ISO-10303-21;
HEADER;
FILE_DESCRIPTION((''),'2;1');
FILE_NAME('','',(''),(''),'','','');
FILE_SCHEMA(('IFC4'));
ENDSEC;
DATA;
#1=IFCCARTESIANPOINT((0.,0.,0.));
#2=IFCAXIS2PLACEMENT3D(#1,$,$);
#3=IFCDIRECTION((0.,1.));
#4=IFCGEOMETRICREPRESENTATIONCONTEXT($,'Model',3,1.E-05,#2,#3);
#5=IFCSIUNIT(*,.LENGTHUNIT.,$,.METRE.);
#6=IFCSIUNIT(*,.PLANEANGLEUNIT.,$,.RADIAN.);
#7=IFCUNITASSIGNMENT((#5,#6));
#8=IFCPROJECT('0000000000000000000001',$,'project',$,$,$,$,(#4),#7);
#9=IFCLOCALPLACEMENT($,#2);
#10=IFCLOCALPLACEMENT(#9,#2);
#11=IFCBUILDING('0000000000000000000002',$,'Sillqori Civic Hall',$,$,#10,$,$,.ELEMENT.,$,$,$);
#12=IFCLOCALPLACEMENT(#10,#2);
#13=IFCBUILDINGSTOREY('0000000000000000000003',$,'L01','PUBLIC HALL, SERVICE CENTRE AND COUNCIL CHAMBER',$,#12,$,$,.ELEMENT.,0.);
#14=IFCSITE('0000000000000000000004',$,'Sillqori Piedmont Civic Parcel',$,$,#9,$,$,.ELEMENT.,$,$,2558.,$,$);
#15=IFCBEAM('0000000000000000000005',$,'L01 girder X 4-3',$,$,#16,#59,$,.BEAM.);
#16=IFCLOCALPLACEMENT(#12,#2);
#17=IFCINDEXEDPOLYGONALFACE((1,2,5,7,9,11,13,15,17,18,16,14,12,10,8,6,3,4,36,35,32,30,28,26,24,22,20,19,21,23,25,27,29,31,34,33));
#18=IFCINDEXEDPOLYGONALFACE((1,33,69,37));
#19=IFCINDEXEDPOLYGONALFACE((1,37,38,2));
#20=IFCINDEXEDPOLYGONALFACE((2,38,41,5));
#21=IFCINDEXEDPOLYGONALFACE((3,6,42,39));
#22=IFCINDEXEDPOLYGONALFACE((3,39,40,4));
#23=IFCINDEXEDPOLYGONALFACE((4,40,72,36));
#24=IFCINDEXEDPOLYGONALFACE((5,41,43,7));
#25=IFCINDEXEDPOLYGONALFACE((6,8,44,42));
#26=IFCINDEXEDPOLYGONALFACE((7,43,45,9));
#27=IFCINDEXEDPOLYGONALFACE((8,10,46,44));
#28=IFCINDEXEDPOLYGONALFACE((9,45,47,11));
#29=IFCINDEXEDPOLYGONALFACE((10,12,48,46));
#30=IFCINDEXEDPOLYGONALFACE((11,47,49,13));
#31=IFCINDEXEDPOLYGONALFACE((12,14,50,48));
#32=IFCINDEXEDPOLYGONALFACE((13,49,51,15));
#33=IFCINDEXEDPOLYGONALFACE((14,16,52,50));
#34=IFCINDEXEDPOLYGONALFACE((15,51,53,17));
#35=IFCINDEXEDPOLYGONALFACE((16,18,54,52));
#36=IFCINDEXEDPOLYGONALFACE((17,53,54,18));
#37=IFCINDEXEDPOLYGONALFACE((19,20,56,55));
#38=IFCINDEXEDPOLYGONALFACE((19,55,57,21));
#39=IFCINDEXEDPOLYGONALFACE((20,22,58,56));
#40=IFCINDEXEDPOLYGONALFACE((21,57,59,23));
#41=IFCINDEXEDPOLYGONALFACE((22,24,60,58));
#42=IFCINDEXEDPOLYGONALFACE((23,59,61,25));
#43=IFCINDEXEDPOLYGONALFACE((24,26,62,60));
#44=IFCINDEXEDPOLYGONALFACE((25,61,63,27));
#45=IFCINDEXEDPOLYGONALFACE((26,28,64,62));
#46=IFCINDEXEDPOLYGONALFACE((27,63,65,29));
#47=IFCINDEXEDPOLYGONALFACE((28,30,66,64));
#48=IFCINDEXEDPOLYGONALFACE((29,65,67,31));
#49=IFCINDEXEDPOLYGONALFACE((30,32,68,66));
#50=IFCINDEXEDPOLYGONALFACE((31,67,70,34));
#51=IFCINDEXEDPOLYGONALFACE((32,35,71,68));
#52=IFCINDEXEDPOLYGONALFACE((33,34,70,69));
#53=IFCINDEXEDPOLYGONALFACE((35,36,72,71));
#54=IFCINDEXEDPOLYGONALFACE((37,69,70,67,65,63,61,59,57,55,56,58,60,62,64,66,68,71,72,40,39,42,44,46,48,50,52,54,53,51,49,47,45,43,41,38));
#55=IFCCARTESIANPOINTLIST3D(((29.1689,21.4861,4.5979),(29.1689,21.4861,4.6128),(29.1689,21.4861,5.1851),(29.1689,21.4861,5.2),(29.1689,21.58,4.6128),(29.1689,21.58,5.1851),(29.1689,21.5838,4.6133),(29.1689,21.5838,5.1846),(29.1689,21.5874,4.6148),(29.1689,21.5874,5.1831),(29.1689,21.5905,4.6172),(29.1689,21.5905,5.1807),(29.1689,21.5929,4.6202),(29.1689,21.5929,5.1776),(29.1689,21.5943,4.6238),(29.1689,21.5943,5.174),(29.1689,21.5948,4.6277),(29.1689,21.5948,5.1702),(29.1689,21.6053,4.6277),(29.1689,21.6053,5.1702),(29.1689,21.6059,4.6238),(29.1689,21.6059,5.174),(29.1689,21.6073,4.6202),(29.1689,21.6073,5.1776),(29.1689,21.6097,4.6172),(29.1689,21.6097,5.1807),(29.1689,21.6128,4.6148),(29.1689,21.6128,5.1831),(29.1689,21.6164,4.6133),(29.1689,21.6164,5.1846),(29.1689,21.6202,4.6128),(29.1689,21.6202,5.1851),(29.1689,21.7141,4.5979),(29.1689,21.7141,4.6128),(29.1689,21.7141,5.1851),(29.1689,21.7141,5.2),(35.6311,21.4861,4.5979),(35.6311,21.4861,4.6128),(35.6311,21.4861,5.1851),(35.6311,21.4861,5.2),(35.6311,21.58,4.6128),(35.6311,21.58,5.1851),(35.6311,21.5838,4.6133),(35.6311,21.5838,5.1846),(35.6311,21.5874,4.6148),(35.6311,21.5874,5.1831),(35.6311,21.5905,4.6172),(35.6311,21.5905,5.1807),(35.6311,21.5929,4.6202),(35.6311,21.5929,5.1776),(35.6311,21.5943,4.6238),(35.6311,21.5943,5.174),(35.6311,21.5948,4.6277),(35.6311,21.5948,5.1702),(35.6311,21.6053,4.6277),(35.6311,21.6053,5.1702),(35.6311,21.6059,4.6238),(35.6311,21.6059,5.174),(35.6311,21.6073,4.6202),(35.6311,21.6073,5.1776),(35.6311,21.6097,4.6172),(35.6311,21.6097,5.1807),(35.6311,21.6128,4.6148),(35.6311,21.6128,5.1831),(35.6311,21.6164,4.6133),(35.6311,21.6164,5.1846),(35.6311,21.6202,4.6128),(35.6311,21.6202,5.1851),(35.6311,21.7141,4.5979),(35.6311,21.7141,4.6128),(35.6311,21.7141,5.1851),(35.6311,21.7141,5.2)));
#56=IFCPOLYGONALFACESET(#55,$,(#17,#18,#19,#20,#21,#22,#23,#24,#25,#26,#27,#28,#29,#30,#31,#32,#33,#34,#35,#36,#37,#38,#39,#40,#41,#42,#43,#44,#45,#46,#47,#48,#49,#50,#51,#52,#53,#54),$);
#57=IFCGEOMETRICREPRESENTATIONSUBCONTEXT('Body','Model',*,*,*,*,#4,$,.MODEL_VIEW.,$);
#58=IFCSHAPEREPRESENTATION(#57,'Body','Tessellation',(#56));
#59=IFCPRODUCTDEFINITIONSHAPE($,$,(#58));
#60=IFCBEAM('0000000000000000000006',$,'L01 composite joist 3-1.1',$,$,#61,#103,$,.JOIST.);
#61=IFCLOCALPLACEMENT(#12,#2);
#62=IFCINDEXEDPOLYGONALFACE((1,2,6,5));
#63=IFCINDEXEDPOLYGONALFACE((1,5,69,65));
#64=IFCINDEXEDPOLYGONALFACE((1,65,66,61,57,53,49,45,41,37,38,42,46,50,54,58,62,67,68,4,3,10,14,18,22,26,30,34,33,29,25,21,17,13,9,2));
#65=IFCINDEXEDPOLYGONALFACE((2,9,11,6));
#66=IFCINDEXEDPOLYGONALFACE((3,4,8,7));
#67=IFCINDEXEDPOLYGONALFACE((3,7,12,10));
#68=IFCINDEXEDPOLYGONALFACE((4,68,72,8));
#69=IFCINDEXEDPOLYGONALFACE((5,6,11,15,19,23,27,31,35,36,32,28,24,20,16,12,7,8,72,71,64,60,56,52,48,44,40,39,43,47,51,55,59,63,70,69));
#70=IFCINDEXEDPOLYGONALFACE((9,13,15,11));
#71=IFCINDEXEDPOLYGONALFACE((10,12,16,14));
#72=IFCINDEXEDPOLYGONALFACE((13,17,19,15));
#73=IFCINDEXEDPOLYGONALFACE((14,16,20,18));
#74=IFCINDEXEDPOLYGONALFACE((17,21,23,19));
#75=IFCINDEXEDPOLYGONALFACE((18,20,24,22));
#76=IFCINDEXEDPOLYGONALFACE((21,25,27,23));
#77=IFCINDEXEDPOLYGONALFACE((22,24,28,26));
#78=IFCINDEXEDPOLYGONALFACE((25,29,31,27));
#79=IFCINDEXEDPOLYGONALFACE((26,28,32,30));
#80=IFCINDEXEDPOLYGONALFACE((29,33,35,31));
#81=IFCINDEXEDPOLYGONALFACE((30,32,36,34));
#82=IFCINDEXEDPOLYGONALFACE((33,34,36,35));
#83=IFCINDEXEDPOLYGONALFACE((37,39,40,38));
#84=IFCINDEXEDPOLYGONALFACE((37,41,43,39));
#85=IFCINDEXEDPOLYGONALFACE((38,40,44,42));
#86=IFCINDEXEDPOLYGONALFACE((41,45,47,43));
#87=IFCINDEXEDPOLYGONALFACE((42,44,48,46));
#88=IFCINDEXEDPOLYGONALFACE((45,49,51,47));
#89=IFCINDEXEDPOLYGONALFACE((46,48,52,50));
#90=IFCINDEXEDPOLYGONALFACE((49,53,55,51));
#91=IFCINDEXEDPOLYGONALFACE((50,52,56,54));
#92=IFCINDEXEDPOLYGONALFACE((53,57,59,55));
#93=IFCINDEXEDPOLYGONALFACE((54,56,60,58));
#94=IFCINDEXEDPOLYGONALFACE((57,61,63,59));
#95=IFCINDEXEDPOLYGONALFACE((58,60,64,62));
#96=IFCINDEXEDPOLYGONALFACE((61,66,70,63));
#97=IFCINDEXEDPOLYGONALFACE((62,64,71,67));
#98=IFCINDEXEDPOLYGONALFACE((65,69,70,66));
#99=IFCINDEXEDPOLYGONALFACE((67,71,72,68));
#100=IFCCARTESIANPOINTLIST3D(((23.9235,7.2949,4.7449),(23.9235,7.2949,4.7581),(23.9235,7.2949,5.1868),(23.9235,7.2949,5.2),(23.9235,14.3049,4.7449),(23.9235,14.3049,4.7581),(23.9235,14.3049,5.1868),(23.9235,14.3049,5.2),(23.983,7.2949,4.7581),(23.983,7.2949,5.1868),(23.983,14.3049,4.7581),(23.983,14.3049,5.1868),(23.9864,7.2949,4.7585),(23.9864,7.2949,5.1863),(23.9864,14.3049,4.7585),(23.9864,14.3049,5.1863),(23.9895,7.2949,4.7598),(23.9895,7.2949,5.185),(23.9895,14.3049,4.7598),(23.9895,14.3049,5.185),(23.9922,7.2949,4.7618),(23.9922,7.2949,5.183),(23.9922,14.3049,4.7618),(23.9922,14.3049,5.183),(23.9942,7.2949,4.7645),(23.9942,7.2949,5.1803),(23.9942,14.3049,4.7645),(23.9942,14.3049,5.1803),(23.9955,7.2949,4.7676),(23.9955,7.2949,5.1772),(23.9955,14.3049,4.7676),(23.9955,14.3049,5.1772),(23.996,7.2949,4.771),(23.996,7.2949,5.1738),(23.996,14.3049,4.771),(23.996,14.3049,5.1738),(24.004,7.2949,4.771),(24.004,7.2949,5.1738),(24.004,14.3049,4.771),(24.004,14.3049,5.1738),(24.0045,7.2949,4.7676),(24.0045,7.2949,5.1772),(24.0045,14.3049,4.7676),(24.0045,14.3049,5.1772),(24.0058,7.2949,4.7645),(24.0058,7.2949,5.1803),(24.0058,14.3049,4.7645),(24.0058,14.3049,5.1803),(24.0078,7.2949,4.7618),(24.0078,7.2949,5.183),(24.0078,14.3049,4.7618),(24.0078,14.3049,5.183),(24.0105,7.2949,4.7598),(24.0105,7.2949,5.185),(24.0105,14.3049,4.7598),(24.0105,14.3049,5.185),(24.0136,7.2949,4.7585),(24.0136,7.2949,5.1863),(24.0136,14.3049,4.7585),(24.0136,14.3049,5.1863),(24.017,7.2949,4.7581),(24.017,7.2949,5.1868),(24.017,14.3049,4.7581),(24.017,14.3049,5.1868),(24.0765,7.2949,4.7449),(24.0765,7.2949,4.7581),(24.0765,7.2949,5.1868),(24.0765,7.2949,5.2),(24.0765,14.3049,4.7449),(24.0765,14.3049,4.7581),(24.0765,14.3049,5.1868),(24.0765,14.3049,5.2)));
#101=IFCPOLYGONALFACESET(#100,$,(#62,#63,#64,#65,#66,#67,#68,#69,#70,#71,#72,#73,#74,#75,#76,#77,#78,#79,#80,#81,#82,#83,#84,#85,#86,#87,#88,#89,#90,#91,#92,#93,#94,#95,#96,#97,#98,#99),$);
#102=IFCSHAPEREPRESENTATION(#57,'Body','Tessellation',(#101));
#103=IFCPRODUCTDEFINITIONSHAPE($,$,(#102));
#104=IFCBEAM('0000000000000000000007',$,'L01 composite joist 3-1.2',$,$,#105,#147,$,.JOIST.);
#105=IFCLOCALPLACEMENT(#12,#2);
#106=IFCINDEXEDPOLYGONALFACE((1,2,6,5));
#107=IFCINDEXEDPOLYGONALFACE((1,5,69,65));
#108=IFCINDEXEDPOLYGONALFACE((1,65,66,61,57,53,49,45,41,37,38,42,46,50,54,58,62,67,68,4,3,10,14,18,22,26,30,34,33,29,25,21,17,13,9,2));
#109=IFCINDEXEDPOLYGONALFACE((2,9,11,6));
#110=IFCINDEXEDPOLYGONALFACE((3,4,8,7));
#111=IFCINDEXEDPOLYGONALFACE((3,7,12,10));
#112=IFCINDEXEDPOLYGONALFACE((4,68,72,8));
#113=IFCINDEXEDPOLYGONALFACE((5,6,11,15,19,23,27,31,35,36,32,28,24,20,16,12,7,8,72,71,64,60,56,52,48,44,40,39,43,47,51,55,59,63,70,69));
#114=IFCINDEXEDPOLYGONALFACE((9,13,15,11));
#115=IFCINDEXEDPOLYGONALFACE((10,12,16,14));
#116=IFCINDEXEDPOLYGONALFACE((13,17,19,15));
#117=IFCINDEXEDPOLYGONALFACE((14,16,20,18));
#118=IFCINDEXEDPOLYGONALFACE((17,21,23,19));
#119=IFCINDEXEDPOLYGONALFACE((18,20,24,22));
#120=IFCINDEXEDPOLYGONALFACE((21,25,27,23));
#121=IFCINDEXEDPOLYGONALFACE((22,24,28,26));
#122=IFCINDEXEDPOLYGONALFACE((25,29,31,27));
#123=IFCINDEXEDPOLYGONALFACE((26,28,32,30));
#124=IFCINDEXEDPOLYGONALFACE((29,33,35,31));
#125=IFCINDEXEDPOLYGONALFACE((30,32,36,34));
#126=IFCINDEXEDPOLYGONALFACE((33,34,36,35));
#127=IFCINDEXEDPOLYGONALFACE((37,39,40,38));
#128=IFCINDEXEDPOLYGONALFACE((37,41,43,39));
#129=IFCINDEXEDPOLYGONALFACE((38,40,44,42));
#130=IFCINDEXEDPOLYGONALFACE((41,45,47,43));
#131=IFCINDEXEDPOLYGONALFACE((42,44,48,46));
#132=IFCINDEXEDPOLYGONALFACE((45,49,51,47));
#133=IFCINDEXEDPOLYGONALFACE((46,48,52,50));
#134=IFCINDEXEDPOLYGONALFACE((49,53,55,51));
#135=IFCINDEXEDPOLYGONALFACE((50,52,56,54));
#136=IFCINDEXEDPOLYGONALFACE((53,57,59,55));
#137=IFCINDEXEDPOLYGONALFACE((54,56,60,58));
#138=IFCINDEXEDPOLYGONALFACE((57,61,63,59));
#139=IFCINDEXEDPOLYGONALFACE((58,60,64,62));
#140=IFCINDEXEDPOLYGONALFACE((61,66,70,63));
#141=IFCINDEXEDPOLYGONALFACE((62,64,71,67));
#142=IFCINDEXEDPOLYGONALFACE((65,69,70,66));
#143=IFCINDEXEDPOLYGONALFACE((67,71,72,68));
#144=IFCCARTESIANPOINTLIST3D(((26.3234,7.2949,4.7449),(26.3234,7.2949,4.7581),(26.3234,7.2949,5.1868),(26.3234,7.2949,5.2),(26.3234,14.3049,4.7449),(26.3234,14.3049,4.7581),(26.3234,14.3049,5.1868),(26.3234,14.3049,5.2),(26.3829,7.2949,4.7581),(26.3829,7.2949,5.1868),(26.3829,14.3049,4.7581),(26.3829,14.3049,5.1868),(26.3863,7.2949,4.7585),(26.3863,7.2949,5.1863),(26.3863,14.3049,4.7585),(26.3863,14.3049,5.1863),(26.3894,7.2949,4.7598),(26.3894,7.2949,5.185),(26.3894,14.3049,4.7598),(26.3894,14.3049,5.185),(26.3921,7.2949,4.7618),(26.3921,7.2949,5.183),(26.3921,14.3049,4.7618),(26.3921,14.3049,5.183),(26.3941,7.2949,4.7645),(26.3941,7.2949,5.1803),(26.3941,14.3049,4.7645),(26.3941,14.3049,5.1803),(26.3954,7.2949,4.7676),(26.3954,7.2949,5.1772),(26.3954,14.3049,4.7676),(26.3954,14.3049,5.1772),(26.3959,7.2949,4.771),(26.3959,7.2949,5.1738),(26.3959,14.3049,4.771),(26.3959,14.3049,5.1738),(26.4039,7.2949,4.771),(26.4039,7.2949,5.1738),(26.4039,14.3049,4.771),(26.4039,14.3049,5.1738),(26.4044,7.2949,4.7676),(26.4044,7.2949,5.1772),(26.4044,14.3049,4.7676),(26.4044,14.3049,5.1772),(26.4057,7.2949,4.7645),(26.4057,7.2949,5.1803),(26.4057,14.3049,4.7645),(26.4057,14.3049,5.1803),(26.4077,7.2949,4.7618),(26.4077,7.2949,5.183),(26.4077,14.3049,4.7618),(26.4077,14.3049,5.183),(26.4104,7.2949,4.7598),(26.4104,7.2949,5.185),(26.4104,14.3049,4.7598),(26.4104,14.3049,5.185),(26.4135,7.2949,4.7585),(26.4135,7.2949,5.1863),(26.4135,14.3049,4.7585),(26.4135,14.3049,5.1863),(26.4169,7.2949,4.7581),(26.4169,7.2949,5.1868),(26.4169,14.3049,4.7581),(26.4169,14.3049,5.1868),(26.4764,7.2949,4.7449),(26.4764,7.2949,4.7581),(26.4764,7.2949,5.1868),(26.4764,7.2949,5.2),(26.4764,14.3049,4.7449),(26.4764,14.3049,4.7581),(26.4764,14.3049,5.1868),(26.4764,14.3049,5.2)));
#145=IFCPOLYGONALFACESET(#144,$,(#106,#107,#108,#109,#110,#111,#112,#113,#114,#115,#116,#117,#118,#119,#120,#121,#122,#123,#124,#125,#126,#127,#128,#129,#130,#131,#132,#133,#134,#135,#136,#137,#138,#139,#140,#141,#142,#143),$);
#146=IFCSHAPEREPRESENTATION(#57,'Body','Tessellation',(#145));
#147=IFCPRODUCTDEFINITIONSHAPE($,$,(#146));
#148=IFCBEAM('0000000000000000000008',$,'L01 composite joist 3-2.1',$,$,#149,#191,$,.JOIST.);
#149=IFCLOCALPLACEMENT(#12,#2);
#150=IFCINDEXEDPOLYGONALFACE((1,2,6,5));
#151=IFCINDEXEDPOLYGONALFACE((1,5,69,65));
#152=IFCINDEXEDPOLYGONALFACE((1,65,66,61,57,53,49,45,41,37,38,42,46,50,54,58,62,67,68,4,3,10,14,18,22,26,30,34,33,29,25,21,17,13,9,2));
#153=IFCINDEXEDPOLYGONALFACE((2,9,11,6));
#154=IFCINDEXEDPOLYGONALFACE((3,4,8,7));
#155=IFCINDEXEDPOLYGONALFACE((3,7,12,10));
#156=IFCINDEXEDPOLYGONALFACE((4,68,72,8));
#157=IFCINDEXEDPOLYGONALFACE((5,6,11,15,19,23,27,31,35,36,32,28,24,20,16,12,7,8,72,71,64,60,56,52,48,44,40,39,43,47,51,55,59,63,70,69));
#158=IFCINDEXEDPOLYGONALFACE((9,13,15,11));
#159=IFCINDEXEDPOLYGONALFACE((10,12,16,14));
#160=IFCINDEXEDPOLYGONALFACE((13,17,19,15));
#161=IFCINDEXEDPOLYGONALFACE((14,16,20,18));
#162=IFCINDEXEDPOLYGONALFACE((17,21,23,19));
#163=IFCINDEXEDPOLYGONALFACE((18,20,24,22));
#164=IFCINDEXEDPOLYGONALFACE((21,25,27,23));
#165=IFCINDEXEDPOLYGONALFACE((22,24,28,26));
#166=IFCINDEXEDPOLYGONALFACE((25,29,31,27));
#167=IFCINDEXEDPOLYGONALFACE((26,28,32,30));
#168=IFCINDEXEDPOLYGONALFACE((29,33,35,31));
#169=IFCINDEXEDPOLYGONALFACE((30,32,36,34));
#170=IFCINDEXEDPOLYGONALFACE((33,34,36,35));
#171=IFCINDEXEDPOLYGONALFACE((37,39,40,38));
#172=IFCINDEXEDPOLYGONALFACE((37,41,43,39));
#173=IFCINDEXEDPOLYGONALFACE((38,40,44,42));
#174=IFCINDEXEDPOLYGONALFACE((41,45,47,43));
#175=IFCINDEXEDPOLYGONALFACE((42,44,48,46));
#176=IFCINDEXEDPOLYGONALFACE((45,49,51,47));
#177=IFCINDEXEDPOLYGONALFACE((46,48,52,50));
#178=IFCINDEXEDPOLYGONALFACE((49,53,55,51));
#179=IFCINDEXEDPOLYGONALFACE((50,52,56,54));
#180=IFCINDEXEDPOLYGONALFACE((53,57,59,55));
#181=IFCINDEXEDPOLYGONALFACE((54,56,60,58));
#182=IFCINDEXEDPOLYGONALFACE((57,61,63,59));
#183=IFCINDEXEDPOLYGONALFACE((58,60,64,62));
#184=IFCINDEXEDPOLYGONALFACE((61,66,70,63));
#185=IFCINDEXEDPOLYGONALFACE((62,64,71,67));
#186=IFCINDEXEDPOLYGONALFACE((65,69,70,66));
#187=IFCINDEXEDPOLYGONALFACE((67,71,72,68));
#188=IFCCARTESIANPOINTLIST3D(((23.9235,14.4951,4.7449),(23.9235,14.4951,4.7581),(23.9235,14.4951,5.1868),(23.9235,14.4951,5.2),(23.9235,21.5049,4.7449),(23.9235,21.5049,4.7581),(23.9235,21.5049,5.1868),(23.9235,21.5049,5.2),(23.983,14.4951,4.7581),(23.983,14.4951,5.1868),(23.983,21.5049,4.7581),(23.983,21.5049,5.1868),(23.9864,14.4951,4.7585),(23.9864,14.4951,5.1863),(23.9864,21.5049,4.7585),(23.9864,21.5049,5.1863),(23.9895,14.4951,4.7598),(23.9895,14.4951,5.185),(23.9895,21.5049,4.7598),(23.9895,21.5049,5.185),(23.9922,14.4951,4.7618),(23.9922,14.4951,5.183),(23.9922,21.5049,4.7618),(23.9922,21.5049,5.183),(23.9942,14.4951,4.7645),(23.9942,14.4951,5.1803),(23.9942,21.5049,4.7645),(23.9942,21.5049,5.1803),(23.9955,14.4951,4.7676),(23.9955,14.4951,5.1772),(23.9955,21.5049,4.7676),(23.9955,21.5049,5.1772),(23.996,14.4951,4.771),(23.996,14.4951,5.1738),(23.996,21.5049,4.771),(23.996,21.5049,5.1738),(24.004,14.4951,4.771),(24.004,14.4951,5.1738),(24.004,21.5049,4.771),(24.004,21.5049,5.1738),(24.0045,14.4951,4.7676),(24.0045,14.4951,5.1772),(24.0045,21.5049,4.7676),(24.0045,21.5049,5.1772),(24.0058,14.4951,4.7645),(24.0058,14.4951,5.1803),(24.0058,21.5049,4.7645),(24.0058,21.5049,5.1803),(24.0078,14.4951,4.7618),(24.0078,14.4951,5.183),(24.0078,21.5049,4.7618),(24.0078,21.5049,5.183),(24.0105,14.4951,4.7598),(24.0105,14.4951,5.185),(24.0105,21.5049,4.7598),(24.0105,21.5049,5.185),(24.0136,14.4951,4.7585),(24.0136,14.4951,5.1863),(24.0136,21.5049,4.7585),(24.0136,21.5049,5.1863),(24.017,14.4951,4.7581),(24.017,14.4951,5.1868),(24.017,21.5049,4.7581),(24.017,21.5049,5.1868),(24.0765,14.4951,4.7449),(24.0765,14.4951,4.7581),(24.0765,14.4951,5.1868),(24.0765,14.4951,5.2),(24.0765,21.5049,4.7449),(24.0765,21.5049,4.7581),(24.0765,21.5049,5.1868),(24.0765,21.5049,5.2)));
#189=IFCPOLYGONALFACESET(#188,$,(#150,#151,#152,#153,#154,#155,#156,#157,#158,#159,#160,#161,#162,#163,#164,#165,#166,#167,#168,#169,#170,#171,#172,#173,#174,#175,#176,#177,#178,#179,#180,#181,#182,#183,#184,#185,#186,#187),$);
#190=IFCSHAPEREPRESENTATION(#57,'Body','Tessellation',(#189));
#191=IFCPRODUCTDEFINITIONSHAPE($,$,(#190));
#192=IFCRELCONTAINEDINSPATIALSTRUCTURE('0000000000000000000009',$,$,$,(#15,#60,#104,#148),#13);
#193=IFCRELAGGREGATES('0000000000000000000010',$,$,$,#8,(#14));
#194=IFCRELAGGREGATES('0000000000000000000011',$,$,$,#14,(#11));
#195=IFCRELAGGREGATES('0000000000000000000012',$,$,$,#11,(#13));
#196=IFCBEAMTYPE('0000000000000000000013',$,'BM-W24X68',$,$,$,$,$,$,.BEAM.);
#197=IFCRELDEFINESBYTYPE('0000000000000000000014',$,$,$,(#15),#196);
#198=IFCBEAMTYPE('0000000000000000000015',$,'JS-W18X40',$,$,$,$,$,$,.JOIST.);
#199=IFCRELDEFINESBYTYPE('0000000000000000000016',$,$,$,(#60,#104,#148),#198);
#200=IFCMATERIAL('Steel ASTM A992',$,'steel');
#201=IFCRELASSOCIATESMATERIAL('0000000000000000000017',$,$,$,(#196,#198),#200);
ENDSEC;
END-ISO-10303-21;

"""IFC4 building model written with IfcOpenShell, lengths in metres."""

from ifc_helpers import new_model, si_unit, direction, frame, origin, origin_2d, place, context, subcontext, project, spatial, i_section, extrude, material, material_profile, profile_set, type_object, element, save


model = new_model("IFC4")

# Units and contexts
model_context = context("Model", 3, precision=1e-05, world=origin(), true_north=direction((0.0, 1.0)))
body_context = subcontext(model_context, "Body", "Model", "MODEL_VIEW")
ifc_project = project(units=[si_unit("LENGTHUNIT", "METRE"), si_unit("PLANEANGLEUNIT", "RADIAN")], contexts=[model_context])

# Site, building, storey
site_placement = place(None, origin())
site = spatial("IfcSite", under=ifc_project, at=site_placement, Name="Sillqori Piedmont Civic Parcel", CompositionType="ELEMENT", RefElevation=2558.0)
building_placement = place(site_placement, origin())
building = spatial("IfcBuilding", under=site, at=building_placement, Name="Sillqori Civic Hall", CompositionType="ELEMENT")
storey_placement = place(building_placement, origin())
storey = spatial("IfcBuildingStorey", under=building, at=storey_placement, Name="L01", Description="PUBLIC HALL, SERVICE CENTRE AND COUNCIL CHAMBER", CompositionType="ELEMENT", Elevation=0.0)

# Shared definitions
ifc_material_1 = material(Name="Steel ASTM A992", Category="steel")

# Beams
ifc_material_profile_1 = material_profile(ifc_material_1, i_section(OverallWidth=0.228, OverallDepth=0.6021, WebThickness=0.0105, FlangeThickness=0.0149, FilletRadius=0.0149, at=origin_2d()), Name="W24X68")
ifc_profile_set_1 = profile_set([ifc_material_profile_1], Name="Steel ASTM A992")
beam_type_1 = type_object("IfcBeamType", Name="BM-W24X68", PredefinedType="BEAM", material=ifc_profile_set_1)
beam_1_placement = place(storey_placement, frame((29.1689, 21.6001, 4.8989), z_axis=(1.0, 0.0, 0.0), x_axis=(0.0, 1.0, 0.0)))
element("IfcBeam", 1, at=beam_1_placement, inside=storey, type_object=beam_type_1, Name="L01 girder X 4-3", PredefinedType="BEAM", context=body_context, shape_type="SweptSolid", body=[
    extrude(i_section(OverallWidth=0.228, OverallDepth=0.6021, WebThickness=0.0105, FlangeThickness=0.0149, FilletRadius=0.0149, at=origin_2d()), origin(), (0.0, 0.0, 1.0), 6.4622),
])
ifc_material_profile_2 = material_profile(ifc_material_1, i_section(OverallWidth=0.1531, OverallDepth=0.4551, WebThickness=0.0081, FlangeThickness=0.0132, FilletRadius=0.0129, at=origin_2d()), Name="W18X40")
ifc_profile_set_2 = profile_set([ifc_material_profile_2], Name="Steel ASTM A992")
beam_type_2 = type_object("IfcBeamType", Name="JS-W18X40", PredefinedType="JOIST", material=ifc_profile_set_2)
for number, where, z_axis, x_axis, name in (
    (2, (24.0, 7.2949, 4.9724), (0.0, 1.0, 0.0), (-1.0, 0.0, 0.0), "L01 composite joist 3-1.1"),
    (3, (26.3999, 7.2949, 4.9724), (0.0, 1.0, 0.0), (-1.0, 0.0, 0.0), "L01 composite joist 3-1.2"),
):
    element("IfcBeam", number, at=place(storey_placement, frame(where, z_axis=z_axis, x_axis=x_axis)), inside=storey, type_object=beam_type_2, Name=name, PredefinedType="JOIST", context=body_context, shape_type="SweptSolid", body=[
        extrude(i_section(OverallWidth=0.1531, OverallDepth=0.4551, WebThickness=0.0081, FlangeThickness=0.0132, FilletRadius=0.0129, at=origin_2d()), origin(), (0.0, 0.0, 1.0), 7.01),
    ])
for number, where, z_axis, x_axis, name in (
    (4, (24.0, 14.4951, 4.9724), (0.0, 1.0, 0.0), (-1.0, 0.0, 0.0), "L01 composite joist 3-2.1"),
):
    element("IfcBeam", number, at=place(storey_placement, frame(where, z_axis=z_axis, x_axis=x_axis)), inside=storey, type_object=beam_type_2, Name=name, PredefinedType="JOIST", context=body_context, shape_type="SweptSolid", body=[
        extrude(i_section(OverallWidth=0.1531, OverallDepth=0.4551, WebThickness=0.0081, FlangeThickness=0.0132, FilletRadius=0.0129, at=origin_2d()), origin(), (0.0, 0.0, 1.0), 7.0098),
    ])

save(model, "model.ifc")
